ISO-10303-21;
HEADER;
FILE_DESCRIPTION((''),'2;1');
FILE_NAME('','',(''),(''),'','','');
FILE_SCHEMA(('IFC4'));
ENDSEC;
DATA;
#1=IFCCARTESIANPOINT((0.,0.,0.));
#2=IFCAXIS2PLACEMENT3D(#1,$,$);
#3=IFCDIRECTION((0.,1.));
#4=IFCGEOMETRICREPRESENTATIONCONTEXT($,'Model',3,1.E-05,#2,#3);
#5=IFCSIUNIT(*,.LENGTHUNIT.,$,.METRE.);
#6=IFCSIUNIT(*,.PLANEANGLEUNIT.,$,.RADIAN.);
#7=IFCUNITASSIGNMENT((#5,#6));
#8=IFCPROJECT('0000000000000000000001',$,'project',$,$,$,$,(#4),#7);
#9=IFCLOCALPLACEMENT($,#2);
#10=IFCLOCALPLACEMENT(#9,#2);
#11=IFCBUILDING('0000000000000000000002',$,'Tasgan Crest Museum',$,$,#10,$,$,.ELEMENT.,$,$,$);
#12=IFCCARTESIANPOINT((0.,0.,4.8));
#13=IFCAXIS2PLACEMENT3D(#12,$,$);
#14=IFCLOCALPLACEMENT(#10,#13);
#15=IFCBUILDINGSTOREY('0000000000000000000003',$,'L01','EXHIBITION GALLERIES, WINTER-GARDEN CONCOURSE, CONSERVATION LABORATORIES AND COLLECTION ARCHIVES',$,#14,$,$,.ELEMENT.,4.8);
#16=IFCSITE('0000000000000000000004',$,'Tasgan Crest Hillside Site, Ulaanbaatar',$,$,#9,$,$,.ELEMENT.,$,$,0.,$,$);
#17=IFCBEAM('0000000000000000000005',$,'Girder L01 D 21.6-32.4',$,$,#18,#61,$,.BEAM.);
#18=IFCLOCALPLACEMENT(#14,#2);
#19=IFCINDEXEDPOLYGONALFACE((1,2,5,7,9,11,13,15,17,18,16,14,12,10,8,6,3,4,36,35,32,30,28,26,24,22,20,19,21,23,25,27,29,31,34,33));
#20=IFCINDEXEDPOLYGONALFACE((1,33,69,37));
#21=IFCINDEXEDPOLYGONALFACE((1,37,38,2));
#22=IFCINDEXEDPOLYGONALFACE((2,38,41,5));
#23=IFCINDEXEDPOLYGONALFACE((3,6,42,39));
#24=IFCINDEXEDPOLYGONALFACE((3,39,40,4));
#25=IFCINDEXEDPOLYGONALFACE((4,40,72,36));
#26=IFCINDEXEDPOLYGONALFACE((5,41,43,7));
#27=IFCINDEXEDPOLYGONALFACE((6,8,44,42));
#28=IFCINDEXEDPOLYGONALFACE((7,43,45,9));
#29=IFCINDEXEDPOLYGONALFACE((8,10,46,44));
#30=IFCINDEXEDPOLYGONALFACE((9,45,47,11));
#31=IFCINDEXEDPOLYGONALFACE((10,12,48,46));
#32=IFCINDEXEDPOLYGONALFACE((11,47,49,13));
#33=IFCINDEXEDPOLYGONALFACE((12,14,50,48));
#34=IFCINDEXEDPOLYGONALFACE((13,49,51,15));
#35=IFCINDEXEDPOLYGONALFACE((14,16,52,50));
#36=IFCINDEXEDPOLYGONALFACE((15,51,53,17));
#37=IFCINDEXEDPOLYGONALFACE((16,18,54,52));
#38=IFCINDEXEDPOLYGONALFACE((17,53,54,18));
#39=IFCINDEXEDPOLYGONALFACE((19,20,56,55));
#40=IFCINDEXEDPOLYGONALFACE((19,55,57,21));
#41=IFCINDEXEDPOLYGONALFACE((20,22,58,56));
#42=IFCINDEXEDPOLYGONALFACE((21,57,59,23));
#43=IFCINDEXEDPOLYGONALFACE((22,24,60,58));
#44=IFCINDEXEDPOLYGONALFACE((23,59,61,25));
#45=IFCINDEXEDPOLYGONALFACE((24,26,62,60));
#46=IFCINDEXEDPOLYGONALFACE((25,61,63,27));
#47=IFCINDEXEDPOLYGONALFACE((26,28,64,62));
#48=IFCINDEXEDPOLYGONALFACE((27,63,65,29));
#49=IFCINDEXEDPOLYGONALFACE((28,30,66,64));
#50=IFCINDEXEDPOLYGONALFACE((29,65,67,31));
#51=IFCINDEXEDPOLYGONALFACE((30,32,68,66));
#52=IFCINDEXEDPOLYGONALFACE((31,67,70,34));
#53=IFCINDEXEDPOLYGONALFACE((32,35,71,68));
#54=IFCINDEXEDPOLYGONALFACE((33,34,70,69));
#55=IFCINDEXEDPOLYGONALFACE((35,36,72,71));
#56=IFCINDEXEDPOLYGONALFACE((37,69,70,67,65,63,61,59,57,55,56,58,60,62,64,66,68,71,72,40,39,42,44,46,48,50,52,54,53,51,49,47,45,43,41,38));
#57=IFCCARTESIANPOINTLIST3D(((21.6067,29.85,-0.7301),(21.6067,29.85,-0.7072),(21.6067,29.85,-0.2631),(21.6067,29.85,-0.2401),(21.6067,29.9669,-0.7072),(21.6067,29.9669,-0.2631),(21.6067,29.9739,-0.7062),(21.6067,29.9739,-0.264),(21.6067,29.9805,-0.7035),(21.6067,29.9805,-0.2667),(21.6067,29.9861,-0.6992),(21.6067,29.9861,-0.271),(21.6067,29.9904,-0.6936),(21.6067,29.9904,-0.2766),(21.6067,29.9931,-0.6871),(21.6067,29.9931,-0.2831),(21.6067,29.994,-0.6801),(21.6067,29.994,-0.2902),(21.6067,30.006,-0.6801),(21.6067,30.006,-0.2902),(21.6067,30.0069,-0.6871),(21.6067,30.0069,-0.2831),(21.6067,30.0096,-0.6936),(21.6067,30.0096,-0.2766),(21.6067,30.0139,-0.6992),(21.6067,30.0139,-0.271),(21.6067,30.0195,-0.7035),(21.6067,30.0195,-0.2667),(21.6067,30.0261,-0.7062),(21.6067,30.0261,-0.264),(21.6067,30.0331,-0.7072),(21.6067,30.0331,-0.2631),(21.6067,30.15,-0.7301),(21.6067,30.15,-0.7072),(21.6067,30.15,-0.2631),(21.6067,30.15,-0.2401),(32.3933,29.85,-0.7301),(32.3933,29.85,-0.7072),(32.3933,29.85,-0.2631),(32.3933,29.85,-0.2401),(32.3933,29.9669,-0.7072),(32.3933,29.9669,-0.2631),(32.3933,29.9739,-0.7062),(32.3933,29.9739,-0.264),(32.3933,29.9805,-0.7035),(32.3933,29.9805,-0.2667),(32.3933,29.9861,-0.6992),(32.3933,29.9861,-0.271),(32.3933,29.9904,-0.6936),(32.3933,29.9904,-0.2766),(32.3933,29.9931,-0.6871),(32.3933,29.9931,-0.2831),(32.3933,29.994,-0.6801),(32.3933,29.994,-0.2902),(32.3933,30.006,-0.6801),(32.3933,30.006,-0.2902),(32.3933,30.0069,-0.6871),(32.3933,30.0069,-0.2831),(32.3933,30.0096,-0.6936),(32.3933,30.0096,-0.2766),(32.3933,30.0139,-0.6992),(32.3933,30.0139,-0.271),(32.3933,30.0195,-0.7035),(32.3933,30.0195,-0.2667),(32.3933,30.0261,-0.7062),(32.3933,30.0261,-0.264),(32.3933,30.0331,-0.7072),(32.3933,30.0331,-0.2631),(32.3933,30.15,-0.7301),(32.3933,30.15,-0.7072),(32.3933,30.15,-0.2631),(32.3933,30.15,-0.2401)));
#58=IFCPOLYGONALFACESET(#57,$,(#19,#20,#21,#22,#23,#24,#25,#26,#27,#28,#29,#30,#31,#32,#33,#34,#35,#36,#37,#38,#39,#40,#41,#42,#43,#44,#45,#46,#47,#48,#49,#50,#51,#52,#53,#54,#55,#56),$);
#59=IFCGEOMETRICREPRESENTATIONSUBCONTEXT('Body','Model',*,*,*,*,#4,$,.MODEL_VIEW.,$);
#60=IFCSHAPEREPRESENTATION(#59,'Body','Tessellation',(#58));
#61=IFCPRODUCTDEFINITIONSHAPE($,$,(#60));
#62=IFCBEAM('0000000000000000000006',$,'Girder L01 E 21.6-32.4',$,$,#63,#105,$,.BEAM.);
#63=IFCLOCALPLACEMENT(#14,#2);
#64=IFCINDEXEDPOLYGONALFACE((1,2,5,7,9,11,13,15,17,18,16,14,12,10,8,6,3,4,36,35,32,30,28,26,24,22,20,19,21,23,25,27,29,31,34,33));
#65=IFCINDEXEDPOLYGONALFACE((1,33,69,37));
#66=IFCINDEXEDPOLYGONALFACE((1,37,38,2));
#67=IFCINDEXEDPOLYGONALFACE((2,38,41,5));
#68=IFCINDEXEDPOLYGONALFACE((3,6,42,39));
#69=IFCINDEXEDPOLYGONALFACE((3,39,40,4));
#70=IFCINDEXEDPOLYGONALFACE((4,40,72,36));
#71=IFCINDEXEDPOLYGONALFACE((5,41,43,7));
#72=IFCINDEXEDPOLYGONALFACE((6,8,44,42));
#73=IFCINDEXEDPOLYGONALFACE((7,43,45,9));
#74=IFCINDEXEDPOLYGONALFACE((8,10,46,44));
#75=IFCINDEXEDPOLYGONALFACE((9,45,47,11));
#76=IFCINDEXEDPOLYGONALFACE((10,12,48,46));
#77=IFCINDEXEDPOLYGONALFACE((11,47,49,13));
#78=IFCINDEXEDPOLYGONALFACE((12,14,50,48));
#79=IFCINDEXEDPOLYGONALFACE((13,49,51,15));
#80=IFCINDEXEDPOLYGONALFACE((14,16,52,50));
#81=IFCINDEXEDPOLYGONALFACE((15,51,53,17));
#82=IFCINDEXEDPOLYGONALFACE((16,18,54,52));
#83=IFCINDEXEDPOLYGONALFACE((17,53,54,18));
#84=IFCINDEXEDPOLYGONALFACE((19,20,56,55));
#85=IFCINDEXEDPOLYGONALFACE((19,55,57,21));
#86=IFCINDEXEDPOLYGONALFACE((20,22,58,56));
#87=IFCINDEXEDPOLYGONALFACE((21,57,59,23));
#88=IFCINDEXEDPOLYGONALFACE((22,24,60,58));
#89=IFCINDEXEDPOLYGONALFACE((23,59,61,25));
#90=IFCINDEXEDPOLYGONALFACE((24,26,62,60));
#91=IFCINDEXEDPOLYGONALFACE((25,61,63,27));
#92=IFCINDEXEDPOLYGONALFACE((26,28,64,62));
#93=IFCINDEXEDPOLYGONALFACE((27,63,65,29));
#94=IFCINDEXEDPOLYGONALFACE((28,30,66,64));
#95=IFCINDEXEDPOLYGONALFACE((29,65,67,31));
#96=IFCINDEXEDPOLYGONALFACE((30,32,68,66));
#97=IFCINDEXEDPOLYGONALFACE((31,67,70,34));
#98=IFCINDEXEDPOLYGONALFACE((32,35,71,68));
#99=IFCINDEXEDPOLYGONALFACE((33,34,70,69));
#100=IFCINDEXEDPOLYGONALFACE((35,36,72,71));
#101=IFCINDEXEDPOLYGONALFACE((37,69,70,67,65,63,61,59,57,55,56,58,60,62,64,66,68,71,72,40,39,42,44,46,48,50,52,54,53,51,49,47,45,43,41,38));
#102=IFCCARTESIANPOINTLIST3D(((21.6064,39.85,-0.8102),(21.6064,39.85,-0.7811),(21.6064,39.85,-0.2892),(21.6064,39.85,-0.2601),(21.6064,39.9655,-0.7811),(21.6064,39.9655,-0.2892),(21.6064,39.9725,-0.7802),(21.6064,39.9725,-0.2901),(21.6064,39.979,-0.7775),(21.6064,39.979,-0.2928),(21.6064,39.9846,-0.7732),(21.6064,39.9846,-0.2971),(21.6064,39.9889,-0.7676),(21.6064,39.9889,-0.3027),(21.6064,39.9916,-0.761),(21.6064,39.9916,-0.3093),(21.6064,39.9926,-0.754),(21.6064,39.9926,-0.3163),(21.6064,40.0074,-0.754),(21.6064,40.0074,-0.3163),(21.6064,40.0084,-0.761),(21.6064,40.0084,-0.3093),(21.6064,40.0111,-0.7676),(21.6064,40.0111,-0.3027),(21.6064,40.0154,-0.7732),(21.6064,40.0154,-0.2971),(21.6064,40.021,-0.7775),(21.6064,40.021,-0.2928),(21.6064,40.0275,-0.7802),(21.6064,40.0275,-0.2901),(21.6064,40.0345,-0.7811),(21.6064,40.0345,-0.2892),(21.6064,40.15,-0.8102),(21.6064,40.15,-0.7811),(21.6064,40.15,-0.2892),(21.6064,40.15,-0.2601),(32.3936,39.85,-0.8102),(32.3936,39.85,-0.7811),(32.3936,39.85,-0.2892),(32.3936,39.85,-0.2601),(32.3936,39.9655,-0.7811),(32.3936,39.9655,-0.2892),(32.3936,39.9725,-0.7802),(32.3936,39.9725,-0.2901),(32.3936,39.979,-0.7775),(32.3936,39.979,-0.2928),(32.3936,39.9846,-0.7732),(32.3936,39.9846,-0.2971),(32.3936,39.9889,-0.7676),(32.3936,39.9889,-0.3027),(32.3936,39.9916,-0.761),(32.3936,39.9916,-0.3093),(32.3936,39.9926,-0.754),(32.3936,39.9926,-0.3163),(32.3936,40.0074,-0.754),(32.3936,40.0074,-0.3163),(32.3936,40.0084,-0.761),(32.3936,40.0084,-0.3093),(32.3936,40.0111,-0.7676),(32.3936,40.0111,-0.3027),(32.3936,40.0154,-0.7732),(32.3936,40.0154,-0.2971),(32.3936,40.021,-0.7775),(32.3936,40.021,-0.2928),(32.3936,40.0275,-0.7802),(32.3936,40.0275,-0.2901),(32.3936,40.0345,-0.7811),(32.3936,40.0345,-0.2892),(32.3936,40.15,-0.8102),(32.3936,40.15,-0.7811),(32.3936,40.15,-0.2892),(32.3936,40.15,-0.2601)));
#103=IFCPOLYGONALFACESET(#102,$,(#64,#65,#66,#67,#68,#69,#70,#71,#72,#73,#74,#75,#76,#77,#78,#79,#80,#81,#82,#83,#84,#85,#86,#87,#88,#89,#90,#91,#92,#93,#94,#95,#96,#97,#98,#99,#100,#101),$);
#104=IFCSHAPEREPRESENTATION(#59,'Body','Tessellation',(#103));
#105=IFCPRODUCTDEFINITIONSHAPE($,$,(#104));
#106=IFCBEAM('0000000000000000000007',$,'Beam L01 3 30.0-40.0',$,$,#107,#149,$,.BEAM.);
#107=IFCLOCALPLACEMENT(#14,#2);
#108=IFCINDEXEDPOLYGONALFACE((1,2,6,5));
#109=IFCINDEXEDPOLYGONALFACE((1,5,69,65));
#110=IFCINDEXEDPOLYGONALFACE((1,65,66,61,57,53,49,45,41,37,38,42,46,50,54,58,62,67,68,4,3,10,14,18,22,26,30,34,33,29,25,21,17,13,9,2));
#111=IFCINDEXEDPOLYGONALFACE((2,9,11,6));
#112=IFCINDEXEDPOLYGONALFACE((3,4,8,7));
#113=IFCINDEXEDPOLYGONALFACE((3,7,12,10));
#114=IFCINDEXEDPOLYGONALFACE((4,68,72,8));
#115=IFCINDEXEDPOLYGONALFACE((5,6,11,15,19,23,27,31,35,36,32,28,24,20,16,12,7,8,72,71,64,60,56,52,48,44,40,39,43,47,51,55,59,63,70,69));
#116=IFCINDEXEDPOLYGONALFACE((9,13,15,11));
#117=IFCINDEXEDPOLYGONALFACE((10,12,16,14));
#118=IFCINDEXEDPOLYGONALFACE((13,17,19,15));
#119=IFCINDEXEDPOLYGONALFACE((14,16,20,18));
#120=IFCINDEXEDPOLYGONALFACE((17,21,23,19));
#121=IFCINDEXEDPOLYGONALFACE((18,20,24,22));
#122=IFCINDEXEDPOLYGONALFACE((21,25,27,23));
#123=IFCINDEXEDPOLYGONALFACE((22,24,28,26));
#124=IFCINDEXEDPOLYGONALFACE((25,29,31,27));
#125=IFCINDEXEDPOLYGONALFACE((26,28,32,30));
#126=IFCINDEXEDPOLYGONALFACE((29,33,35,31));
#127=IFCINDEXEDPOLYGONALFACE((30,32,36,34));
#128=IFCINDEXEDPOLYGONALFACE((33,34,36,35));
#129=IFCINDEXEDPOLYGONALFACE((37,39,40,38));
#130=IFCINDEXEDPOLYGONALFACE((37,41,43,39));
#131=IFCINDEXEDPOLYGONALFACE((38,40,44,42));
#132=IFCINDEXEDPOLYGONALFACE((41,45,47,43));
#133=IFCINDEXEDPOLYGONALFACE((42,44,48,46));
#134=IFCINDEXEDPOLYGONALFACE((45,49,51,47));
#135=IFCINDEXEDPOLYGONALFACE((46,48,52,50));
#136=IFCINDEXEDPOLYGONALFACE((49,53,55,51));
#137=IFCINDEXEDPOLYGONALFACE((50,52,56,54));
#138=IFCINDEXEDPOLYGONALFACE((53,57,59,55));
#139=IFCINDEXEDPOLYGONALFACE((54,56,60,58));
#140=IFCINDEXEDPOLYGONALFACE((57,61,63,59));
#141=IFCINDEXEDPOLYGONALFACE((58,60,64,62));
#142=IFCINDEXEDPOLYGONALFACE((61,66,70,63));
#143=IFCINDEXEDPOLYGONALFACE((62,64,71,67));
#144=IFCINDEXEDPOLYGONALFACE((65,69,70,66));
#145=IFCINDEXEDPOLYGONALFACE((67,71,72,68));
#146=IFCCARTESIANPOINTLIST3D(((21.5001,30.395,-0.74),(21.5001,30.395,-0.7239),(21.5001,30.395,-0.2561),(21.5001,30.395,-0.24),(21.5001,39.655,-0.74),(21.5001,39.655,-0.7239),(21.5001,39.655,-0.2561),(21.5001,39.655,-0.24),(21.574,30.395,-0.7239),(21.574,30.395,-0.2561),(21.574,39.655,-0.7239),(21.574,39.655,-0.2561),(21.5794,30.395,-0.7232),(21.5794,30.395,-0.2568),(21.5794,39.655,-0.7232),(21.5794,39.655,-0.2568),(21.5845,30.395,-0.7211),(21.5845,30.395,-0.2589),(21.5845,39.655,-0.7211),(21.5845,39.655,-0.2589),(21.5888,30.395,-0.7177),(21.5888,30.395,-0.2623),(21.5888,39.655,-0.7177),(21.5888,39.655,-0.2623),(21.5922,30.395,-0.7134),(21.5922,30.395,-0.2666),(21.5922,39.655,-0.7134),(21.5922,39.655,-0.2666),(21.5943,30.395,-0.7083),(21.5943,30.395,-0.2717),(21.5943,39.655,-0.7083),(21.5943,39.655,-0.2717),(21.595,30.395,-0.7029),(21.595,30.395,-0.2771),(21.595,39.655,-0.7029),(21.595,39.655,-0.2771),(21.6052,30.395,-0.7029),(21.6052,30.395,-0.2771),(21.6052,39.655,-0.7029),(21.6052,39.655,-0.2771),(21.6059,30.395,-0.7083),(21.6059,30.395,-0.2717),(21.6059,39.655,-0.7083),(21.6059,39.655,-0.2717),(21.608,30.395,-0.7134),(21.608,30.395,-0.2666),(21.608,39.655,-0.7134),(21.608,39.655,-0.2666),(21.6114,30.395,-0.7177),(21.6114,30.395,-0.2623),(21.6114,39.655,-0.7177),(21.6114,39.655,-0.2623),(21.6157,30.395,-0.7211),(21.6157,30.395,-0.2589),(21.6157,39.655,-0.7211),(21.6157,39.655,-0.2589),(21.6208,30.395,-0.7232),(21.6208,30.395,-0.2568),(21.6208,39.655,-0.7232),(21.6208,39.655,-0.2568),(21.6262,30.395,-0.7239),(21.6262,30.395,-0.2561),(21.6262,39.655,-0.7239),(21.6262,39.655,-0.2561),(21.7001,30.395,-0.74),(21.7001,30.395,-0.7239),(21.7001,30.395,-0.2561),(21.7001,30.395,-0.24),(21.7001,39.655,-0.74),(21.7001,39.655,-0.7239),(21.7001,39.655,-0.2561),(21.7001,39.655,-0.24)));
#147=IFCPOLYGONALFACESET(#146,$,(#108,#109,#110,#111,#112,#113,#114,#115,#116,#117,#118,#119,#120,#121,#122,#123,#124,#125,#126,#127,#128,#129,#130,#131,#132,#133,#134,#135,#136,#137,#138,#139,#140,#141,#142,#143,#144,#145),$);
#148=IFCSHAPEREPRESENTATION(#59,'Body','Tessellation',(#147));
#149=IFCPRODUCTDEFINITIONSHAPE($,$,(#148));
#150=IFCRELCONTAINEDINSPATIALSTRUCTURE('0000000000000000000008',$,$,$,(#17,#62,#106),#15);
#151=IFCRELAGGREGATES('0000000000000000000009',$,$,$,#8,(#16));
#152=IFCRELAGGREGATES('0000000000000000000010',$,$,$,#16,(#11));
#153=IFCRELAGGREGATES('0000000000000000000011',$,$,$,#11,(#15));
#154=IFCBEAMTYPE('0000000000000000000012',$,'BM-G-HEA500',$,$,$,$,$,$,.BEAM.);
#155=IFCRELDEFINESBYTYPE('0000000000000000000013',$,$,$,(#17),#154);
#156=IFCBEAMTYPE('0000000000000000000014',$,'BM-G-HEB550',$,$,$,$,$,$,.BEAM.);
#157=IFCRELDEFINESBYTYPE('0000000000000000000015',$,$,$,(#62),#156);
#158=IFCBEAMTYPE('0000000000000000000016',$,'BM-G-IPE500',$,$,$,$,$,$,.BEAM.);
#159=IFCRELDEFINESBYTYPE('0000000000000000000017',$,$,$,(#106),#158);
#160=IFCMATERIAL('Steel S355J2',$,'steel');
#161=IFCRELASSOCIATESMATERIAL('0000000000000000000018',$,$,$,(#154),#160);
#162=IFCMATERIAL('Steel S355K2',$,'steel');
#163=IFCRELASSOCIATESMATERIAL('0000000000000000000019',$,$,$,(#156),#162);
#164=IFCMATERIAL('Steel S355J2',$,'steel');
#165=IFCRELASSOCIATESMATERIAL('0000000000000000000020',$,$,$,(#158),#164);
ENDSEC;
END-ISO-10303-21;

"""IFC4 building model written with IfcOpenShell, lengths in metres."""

from ifc_helpers import new_model, si_unit, direction, frame, origin, origin_2d, place, context, subcontext, project, spatial, i_section, extrude, material, material_profile, profile_set, type_object, element, save


model = new_model("IFC4")

# Units and contexts
model_context = context("Model", 3, precision=1e-05, world=origin(), true_north=direction((0.0, 1.0)))
body_context = subcontext(model_context, "Body", "Model", "MODEL_VIEW")
ifc_project = project(units=[si_unit("LENGTHUNIT", "METRE"), si_unit("PLANEANGLEUNIT", "RADIAN")], contexts=[model_context])

# Site, building, storey
site_placement = place(None, origin())
site = spatial("IfcSite", under=ifc_project, at=site_placement, Name="Tasgan Crest Hillside Site, Ulaanbaatar", CompositionType="ELEMENT", RefElevation=0.0)
building_placement = place(site_placement, origin())
building = spatial("IfcBuilding", under=site, at=building_placement, Name="Tasgan Crest Museum", CompositionType="ELEMENT")
storey_placement = place(building_placement, frame((0.0, 0.0, 4.8)))
storey = spatial("IfcBuildingStorey", under=building, at=storey_placement, Name="L01", Description="EXHIBITION GALLERIES, WINTER-GARDEN CONCOURSE, CONSERVATION LABORATORIES AND COLLECTION ARCHIVES", CompositionType="ELEMENT", Elevation=4.8)

# Beams
ifc_material_1 = material(Name="Steel S355J2", Category="steel")
ifc_material_profile_1 = material_profile(ifc_material_1, i_section(OverallWidth=0.3, OverallDepth=0.49, WebThickness=0.012, FlangeThickness=0.0229, FilletRadius=0.0271, at=origin_2d()), Name="HEA 500")
ifc_profile_set_1 = profile_set([ifc_material_profile_1], Name="Steel S355J2")
beam_type_1 = type_object("IfcBeamType", Name="BM-G-HEA500", PredefinedType="BEAM", material=ifc_profile_set_1)
beam_1_placement = place(storey_placement, frame((21.6067, 30.0, -0.4851), z_axis=(1.0, 0.0, 0.0), x_axis=(0.0, 1.0, 0.0)))
element("IfcBeam", 1, at=beam_1_placement, inside=storey, type_object=beam_type_1, Name="Girder L01 D 21.6-32.4", PredefinedType="BEAM", context=body_context, shape_type="SweptSolid", body=[
    extrude(i_section(OverallWidth=0.3, OverallDepth=0.49, WebThickness=0.012, FlangeThickness=0.0229, FilletRadius=0.0271, at=origin_2d()), origin(), (0.0, 0.0, 1.0), 10.7866),
])
ifc_material_2 = material(Name="Steel S355K2", Category="steel")
ifc_material_profile_2 = material_profile(ifc_material_2, i_section(OverallWidth=0.3, OverallDepth=0.55, WebThickness=0.0149, FlangeThickness=0.0291, FilletRadius=0.0271, at=origin_2d()), Name="HEB 550")
ifc_profile_set_2 = profile_set([ifc_material_profile_2], Name="Steel S355K2")
beam_type_2 = type_object("IfcBeamType", Name="BM-G-HEB550", PredefinedType="BEAM", material=ifc_profile_set_2)
beam_2_placement = place(storey_placement, frame((21.6064, 40.0, -0.5352), z_axis=(1.0, 0.0, 0.0), x_axis=(0.0, 1.0, 0.0)))
element("IfcBeam", 2, at=beam_2_placement, inside=storey, type_object=beam_type_2, Name="Girder L01 E 21.6-32.4", PredefinedType="BEAM", context=body_context, shape_type="SweptSolid", body=[
    extrude(i_section(OverallWidth=0.3, OverallDepth=0.55, WebThickness=0.0149, FlangeThickness=0.0291, FilletRadius=0.0271, at=origin_2d()), origin(), (0.0, 0.0, 1.0), 10.7871),
])
ifc_material_3 = material(Name="Steel S355J2", Category="steel")
ifc_material_profile_3 = material_profile(ifc_material_3, i_section(OverallWidth=0.2, OverallDepth=0.5, WebThickness=0.0103, FlangeThickness=0.0161, FilletRadius=0.021, at=origin_2d()), Name="IPE 500")
ifc_profile_set_3 = profile_set([ifc_material_profile_3], Name="Steel S355J2")
beam_type_3 = type_object("IfcBeamType", Name="BM-G-IPE500", PredefinedType="BEAM", material=ifc_profile_set_3)
beam_3_placement = place(storey_placement, frame((21.6001, 30.395, -0.49), z_axis=(0.0, 1.0, 0.0), x_axis=(-1.0, 0.0, 0.0)))
element("IfcBeam", 3, at=beam_3_placement, inside=storey, type_object=beam_type_3, Name="Beam L01 3 30.0-40.0", PredefinedType="BEAM", context=body_context, shape_type="SweptSolid", body=[
    extrude(i_section(OverallWidth=0.2, OverallDepth=0.5, WebThickness=0.0103, FlangeThickness=0.0161, FilletRadius=0.021, at=origin_2d()), origin(), (0.0, 0.0, 1.0), 9.26),
])

save(model, "model.ifc")
